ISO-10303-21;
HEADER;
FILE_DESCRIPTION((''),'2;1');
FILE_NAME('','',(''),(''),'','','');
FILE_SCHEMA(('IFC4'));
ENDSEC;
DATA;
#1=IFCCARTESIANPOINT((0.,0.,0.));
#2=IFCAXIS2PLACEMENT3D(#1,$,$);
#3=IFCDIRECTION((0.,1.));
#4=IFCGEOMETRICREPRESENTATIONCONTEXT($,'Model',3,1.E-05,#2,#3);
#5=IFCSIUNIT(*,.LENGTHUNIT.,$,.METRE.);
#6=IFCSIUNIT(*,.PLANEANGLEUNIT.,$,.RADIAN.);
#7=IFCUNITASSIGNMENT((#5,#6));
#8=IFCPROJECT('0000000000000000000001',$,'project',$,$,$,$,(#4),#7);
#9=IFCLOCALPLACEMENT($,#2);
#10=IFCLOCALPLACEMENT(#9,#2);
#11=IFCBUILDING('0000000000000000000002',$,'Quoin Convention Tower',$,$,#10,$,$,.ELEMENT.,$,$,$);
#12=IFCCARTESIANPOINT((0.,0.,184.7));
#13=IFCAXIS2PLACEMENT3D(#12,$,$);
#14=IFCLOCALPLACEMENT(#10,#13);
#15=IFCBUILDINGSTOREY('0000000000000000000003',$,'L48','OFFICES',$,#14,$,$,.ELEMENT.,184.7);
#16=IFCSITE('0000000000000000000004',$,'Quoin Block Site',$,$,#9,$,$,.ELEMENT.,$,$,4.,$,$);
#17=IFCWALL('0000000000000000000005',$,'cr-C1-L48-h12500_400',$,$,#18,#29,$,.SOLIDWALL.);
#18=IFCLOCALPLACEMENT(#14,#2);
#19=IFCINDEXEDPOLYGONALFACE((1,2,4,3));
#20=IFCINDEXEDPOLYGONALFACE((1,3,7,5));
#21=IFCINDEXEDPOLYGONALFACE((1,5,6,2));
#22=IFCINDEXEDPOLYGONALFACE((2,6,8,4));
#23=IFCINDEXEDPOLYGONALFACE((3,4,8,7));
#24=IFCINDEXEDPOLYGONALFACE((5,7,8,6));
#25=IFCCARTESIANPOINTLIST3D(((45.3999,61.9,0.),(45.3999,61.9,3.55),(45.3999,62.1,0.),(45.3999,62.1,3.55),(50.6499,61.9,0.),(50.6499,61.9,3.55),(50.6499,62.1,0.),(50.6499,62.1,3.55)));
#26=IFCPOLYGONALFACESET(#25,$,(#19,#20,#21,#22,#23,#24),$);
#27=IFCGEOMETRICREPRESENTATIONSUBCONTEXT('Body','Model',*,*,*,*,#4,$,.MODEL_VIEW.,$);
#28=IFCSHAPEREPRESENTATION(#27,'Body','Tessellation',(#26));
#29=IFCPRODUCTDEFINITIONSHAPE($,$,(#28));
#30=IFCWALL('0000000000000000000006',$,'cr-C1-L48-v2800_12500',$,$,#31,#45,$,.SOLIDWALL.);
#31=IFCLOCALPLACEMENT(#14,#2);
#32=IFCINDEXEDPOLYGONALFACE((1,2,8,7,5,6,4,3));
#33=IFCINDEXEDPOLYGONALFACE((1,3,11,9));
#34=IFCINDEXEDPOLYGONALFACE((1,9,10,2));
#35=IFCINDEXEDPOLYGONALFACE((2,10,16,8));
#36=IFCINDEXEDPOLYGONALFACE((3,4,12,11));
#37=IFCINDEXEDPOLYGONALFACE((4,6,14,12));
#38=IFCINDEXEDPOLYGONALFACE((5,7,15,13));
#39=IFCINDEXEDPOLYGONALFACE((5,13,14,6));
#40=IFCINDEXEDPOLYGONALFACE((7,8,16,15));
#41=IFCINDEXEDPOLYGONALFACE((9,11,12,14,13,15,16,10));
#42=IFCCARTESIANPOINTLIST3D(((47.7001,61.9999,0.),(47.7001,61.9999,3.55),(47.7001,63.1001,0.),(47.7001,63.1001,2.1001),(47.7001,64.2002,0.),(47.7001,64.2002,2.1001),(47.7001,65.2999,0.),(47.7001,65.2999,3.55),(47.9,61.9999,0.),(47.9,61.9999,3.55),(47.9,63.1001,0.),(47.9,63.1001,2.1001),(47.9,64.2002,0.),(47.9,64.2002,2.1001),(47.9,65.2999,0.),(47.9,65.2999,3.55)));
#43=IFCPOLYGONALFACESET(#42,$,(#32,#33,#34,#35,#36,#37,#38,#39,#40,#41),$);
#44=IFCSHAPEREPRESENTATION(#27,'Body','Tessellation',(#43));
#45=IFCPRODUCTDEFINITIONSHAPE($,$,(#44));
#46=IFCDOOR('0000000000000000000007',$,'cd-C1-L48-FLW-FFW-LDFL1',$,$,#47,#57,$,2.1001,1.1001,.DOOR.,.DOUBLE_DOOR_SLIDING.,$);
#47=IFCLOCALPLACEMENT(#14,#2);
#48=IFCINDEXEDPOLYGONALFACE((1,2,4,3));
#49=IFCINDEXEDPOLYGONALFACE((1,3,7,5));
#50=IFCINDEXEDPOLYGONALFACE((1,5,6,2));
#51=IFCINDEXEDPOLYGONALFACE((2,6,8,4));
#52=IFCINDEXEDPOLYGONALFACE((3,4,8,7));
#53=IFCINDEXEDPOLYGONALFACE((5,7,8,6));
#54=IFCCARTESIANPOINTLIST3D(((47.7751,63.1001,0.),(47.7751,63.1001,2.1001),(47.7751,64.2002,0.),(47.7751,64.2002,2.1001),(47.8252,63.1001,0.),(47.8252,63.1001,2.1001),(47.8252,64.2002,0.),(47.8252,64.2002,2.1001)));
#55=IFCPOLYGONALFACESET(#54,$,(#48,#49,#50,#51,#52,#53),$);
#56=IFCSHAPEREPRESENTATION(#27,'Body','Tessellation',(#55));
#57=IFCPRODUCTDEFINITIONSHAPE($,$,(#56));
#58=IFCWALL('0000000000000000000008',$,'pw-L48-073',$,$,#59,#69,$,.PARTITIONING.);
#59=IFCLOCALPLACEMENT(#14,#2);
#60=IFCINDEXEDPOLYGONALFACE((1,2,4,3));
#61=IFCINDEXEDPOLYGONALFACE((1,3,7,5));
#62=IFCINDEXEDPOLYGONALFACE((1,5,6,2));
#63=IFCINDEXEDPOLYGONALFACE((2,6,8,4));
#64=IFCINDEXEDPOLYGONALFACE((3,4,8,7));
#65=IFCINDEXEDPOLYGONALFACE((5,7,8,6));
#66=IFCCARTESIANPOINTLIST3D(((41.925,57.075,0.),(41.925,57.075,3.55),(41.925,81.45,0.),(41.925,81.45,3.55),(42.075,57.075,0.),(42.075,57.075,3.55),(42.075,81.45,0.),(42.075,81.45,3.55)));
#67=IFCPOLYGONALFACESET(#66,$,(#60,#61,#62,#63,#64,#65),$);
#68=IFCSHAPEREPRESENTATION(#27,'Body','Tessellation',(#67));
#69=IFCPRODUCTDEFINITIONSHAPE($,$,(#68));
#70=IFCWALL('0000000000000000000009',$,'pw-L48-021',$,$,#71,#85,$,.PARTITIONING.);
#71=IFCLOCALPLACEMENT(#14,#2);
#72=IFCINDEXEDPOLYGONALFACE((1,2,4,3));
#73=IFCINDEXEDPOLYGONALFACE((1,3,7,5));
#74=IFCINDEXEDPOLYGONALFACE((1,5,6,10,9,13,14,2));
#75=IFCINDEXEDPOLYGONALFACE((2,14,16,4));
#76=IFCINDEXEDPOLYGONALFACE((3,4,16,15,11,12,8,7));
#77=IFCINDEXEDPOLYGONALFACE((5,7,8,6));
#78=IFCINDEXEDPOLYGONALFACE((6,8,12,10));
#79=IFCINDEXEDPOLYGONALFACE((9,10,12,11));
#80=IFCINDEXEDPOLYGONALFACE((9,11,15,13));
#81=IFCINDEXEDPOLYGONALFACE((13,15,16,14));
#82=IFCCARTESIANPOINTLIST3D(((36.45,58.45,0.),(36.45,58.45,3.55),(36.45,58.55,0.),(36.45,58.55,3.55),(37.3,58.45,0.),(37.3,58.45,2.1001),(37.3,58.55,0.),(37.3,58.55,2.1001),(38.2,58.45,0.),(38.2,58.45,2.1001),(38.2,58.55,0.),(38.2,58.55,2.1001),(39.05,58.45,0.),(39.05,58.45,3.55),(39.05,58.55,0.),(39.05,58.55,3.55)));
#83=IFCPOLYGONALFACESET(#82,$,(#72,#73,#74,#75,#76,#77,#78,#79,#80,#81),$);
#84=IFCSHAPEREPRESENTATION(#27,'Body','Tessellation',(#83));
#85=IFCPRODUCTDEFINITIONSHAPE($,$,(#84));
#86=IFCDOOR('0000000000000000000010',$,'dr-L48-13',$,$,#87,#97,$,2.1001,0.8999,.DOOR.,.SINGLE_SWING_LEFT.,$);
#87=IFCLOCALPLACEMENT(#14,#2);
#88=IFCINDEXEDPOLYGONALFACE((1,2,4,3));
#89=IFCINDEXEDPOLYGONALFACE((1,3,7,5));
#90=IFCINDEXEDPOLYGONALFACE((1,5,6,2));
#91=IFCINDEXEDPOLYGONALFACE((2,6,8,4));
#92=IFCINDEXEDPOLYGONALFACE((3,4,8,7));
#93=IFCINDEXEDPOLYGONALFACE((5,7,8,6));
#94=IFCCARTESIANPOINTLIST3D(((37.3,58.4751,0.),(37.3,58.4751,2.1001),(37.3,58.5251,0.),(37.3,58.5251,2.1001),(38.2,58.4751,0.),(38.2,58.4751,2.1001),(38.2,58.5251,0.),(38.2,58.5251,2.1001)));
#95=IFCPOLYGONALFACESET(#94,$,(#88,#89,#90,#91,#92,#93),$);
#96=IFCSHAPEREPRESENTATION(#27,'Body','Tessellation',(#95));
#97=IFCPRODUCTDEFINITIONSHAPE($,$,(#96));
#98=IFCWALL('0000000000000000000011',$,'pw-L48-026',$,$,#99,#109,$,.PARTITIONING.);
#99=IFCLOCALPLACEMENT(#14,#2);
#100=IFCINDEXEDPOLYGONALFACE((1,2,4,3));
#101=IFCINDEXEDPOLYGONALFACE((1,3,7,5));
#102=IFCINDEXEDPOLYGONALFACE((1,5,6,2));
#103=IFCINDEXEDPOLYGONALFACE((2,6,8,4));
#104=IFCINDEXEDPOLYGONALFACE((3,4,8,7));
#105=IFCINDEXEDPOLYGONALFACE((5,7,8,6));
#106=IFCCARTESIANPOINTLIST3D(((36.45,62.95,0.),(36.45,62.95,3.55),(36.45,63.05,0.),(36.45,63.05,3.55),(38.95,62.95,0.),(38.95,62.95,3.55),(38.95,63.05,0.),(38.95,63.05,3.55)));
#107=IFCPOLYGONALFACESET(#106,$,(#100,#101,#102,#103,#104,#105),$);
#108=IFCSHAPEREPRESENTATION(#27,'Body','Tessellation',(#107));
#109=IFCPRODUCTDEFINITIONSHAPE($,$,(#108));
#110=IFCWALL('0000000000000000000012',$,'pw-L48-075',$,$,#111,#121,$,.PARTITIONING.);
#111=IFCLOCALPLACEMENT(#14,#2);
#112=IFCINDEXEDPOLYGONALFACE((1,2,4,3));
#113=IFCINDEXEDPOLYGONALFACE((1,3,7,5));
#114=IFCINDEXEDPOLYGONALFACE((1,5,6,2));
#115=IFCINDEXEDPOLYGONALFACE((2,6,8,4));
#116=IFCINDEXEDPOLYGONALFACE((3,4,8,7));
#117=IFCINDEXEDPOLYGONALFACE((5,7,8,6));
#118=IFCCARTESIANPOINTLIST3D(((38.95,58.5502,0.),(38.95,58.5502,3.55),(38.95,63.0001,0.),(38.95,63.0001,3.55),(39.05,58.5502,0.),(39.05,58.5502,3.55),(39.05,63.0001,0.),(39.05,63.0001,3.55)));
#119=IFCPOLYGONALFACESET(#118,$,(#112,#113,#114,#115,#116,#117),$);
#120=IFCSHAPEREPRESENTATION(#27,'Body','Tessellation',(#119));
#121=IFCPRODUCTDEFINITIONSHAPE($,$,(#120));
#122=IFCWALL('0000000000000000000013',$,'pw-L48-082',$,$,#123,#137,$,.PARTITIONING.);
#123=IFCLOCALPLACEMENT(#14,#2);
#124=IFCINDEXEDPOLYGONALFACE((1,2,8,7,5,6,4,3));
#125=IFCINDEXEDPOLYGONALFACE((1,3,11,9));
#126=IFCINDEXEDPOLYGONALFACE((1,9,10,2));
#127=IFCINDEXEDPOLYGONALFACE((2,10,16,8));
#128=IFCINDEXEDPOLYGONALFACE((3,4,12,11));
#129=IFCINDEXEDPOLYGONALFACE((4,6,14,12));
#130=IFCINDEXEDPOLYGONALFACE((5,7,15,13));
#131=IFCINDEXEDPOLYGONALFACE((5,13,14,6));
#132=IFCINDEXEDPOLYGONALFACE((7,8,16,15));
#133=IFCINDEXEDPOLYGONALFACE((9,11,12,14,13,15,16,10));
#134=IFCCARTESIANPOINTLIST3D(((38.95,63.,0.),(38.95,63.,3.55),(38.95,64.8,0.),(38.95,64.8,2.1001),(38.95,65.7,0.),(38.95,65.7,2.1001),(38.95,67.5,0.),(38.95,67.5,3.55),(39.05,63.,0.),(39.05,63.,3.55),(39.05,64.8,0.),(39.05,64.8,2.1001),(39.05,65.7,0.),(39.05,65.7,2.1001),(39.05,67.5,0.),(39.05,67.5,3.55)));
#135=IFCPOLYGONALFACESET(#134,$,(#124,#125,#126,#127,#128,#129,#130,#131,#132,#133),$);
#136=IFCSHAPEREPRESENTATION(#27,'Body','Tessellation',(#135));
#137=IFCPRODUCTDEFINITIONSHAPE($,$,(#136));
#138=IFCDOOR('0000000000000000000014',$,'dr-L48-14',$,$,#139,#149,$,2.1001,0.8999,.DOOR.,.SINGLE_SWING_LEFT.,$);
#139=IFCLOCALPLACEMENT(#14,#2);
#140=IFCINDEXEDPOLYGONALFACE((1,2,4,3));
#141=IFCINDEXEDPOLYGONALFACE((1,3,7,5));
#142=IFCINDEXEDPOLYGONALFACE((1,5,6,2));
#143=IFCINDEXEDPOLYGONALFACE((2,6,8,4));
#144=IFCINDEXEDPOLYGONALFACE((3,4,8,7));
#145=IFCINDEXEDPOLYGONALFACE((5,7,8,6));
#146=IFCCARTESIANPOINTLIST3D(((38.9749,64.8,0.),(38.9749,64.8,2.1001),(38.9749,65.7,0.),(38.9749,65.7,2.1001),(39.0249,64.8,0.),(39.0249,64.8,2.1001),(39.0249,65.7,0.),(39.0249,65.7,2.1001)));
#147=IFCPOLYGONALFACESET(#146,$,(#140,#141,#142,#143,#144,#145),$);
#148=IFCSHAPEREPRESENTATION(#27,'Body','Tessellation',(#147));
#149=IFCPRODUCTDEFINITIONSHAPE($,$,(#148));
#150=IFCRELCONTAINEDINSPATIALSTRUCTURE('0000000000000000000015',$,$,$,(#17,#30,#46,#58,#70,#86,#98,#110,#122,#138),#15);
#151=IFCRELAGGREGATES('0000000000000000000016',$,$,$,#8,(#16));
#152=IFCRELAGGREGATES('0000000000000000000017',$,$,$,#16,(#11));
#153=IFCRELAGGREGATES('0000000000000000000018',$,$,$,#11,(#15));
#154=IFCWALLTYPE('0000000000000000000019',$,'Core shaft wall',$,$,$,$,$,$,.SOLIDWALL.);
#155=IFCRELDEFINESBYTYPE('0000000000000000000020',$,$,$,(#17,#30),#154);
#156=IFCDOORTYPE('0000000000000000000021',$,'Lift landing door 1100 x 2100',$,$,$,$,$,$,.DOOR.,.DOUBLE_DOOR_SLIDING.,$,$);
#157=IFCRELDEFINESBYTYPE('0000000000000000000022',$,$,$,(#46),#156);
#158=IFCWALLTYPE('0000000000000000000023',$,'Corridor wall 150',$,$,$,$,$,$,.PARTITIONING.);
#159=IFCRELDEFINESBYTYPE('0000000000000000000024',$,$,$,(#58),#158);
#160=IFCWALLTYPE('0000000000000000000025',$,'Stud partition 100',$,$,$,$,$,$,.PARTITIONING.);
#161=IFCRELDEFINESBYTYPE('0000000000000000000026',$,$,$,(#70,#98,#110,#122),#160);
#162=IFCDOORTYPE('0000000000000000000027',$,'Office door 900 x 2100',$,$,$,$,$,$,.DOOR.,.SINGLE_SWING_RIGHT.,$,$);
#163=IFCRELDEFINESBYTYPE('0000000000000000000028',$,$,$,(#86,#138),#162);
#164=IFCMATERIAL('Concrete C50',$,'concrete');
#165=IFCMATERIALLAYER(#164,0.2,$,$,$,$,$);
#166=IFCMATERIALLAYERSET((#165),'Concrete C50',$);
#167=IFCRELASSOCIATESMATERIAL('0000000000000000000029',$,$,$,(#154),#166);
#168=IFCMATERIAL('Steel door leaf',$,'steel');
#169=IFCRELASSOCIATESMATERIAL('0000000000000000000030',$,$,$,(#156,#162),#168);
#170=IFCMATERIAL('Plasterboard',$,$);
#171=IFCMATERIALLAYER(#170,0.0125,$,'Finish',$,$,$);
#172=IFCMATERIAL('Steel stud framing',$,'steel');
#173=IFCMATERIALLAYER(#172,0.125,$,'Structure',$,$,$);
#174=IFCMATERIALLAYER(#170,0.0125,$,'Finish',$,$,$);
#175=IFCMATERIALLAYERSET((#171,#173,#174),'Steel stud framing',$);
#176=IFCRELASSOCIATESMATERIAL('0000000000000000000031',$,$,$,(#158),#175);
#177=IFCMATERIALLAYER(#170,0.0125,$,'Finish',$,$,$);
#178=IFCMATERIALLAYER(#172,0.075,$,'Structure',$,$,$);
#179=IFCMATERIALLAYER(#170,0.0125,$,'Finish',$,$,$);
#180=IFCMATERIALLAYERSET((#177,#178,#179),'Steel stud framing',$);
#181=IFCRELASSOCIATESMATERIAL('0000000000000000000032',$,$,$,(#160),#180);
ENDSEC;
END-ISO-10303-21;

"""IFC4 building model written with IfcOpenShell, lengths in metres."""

from ifc_helpers import new_model, si_unit, direction, frame, frame_2d, origin, place, context, subcontext, project, spatial, rectangle, extrude, material, layer, layer_set, type_object, element, fill, save


model = new_model("IFC4")

# Units and contexts
model_context = context("Model", 3, precision=1e-05, world=origin(), true_north=direction((0.0, 1.0)))
body_context = subcontext(model_context, "Body", "Model", "MODEL_VIEW")
ifc_project = project(units=[si_unit("LENGTHUNIT", "METRE"), si_unit("PLANEANGLEUNIT", "RADIAN")], contexts=[model_context])

# Site, building, storey
site_placement = place(None, origin())
site = spatial("IfcSite", under=ifc_project, at=site_placement, Name="Quoin Block Site", CompositionType="ELEMENT", RefElevation=4.0)
building_placement = place(site_placement, origin())
building = spatial("IfcBuilding", under=site, at=building_placement, Name="Quoin Convention Tower", CompositionType="ELEMENT")
storey_placement = place(building_placement, frame((0.0, 0.0, 184.7)))
storey = spatial("IfcBuildingStorey", under=building, at=storey_placement, Name="L48", Description="OFFICES", CompositionType="ELEMENT", Elevation=184.7)

# Wall
ifc_material_1 = material(Name="Concrete C50", Category="concrete")
ifc_layer_1 = layer(ifc_material_1, 0.2)
ifc_layer_set_1 = layer_set([ifc_layer_1], Name="Concrete C50")
wall_type_1 = type_object("IfcWallType", Name="Core shaft wall", PredefinedType="SOLIDWALL", material=ifc_layer_set_1)
wall_1_placement = place(storey_placement, frame((45.3999, 62.0, 0.0), z_axis=(0.0, 0.0, 1.0), x_axis=(1.0, 0.0, 0.0)))
element("IfcWall", 1, at=wall_1_placement, inside=storey, type_object=wall_type_1, Name="cr-C1-L48-h12500_400", PredefinedType="SOLIDWALL", context=body_context, shape_type="SweptSolid", body=[
    extrude(rectangle(XDim=5.25, YDim=0.2, at=frame_2d((2.625, 0.0))), origin(), (0.0, 0.0, 1.0), 3.55),
])

# Wall, opening, door
wall_2_placement = place(storey_placement, frame((47.8, 62.0, 0.0), z_axis=(0.0, 0.0, 1.0), x_axis=(0.0, 1.0, 0.0)))
wall_2 = element("IfcWall", 2, at=wall_2_placement, inside=storey, type_object=wall_type_1, Name="cr-C1-L48-v2800_12500", PredefinedType="SOLIDWALL", context=body_context, shape_type="SweptSolid", body=[
    extrude(rectangle(XDim=3.3, YDim=0.2, at=frame_2d((1.6499, 0.0))), origin(), (0.0, 0.0, 1.0), 3.55),
])
opening_1_placement = place(wall_2_placement, frame((1.1001, 0.0, 0.0)))
opening_1 = element("IfcOpeningElement", 3, at=opening_1_placement, cuts=wall_2, PredefinedType="OPENING", context=body_context, shape_type="SweptSolid", body=[
    extrude(rectangle(XDim=1.1001, YDim=2.1001, at=frame_2d((0.55, 1.05))), frame((0.0, 0.1099, 0.0), z_axis=(0.0, -1.0, 0.0), x_axis=(1.0, 0.0, 0.0)), (0.0, 0.0, 1.0), 0.22),
])
ifc_material_2 = material(Name="Steel door leaf", Category="steel")
door_type_1 = type_object("IfcDoorType", Name="Lift landing door 1100 x 2100", OperationType="DOUBLE_DOOR_SLIDING", PredefinedType="DOOR", material=ifc_material_2)
door_1_placement = place(opening_1_placement, origin())
door_1 = element("IfcDoor", 4, at=door_1_placement, inside=storey, type_object=door_type_1, Name="cd-C1-L48-FLW-FFW-LDFL1", OperationType="DOUBLE_DOOR_SLIDING", OverallHeight=2.1001, OverallWidth=1.1001, PredefinedType="DOOR", context=body_context, shape_type="SweptSolid", body=[
    extrude(rectangle(XDim=1.1001, YDim=2.1001, at=frame_2d((0.55, 1.05))), frame((0.0, 0.0249, 0.0), z_axis=(0.0, -1.0, 0.0), x_axis=(1.0, 0.0, 0.0)), (0.0, 0.0, 1.0), 0.05),
])
fill(opening_1, door_1)

# Wall
ifc_material_3 = material(Name="Plasterboard")
ifc_layer_2 = layer(ifc_material_3, 0.0125, Name="Finish")
ifc_material_4 = material(Name="Steel stud framing", Category="steel")
ifc_layer_3 = layer(ifc_material_4, 0.125, Name="Structure")
ifc_layer_4 = layer(ifc_material_3, 0.0125, Name="Finish")
ifc_layer_set_2 = layer_set([ifc_layer_2, ifc_layer_3, ifc_layer_4], Name="Steel stud framing")
wall_type_2 = type_object("IfcWallType", Name="Corridor wall 150", PredefinedType="PARTITIONING", material=ifc_layer_set_2)
wall_3_placement = place(storey_placement, frame((42.0, 57.075, 0.0), z_axis=(0.0, 0.0, 1.0), x_axis=(0.0, 1.0, 0.0)))
element("IfcWall", 5, at=wall_3_placement, inside=storey, type_object=wall_type_2, Name="pw-L48-073", PredefinedType="PARTITIONING", context=body_context, shape_type="SweptSolid", body=[
    extrude(rectangle(XDim=24.375, YDim=0.1499, at=frame_2d((12.1875, 0.0))), origin(), (0.0, 0.0, 1.0), 3.55),
])

# Wall, opening, door
ifc_layer_5 = layer(ifc_material_3, 0.0125, Name="Finish")
ifc_layer_6 = layer(ifc_material_4, 0.075, Name="Structure")
ifc_layer_7 = layer(ifc_material_3, 0.0125, Name="Finish")
ifc_layer_set_3 = layer_set([ifc_layer_5, ifc_layer_6, ifc_layer_7], Name="Steel stud framing")
wall_type_3 = type_object("IfcWallType", Name="Stud partition 100", PredefinedType="PARTITIONING", material=ifc_layer_set_3)
wall_4_placement = place(storey_placement, frame((36.45, 58.5, 0.0), z_axis=(0.0, 0.0, 1.0), x_axis=(1.0, 0.0, 0.0)))
wall_4 = element("IfcWall", 6, at=wall_4_placement, inside=storey, type_object=wall_type_3, Name="pw-L48-021", PredefinedType="PARTITIONING", context=body_context, shape_type="SweptSolid", body=[
    extrude(rectangle(XDim=2.6001, YDim=0.1001, at=frame_2d((1.3, 0.0))), origin(), (0.0, 0.0, 1.0), 3.55),
])
opening_2_placement = place(wall_4_placement, frame((0.8501, 0.0, 0.0)))
opening_2 = element("IfcOpeningElement", 7, at=opening_2_placement, cuts=wall_4, PredefinedType="OPENING", context=body_context, shape_type="SweptSolid", body=[
    extrude(rectangle(XDim=0.8999, YDim=2.1001, at=frame_2d((0.45, 1.05))), frame((0.0, 0.0601, 0.0), z_axis=(0.0, -1.0, 0.0), x_axis=(1.0, 0.0, 0.0)), (0.0, 0.0, 1.0), 0.1201),
])
door_type_2 = type_object("IfcDoorType", Name="Office door 900 x 2100", OperationType="SINGLE_SWING_RIGHT", PredefinedType="DOOR", material=ifc_material_2)
door_2_placement = place(opening_2_placement, frame((0.8999, 0.0, 0.0), z_axis=(0.0, 0.0, 1.0), x_axis=(-1.0, 0.0, 0.0)))
door_2 = element("IfcDoor", 8, at=door_2_placement, inside=storey, type_object=door_type_2, Name="dr-L48-13", OperationType="SINGLE_SWING_LEFT", OverallHeight=2.1001, OverallWidth=0.8999, PredefinedType="DOOR", context=body_context, shape_type="SweptSolid", body=[
    extrude(rectangle(XDim=0.8999, YDim=2.1001, at=frame_2d((0.45, 1.05))), frame((0.0, 0.0249, 0.0), z_axis=(0.0, -1.0, 0.0), x_axis=(1.0, 0.0, 0.0)), (0.0, 0.0, 1.0), 0.05),
])
fill(opening_2, door_2)

# Walls
wall_5_placement = place(storey_placement, frame((36.45, 63.0, 0.0), z_axis=(0.0, 0.0, 1.0), x_axis=(1.0, 0.0, 0.0)))
element("IfcWall", 9, at=wall_5_placement, inside=storey, type_object=wall_type_3, Name="pw-L48-026", PredefinedType="PARTITIONING", context=body_context, shape_type="SweptSolid", body=[
    extrude(rectangle(XDim=2.5, YDim=0.1001, at=frame_2d((1.25, 0.0))), origin(), (0.0, 0.0, 1.0), 3.55),
])
wall_6_placement = place(storey_placement, frame((39.0, 58.55, 0.0), z_axis=(0.0, 0.0, 1.0), x_axis=(0.0, 1.0, 0.0)))
element("IfcWall", 10, at=wall_6_placement, inside=storey, type_object=wall_type_3, Name="pw-L48-075", PredefinedType="PARTITIONING", context=body_context, shape_type="SweptSolid", body=[
    extrude(rectangle(XDim=4.45, YDim=0.1001, at=frame_2d((2.2251, 0.0))), origin(), (0.0, 0.0, 1.0), 3.55),
])

# Wall, opening, door
wall_7_placement = place(storey_placement, frame((39.0, 63.0, 0.0), z_axis=(0.0, 0.0, 1.0), x_axis=(0.0, 1.0, 0.0)))
wall_7 = element("IfcWall", 11, at=wall_7_placement, inside=storey, type_object=wall_type_3, Name="pw-L48-082", PredefinedType="PARTITIONING", context=body_context, shape_type="SweptSolid", body=[
    extrude(rectangle(XDim=4.5, YDim=0.1001, at=frame_2d((2.25, 0.0))), origin(), (0.0, 0.0, 1.0), 3.55),
])
opening_3_placement = place(wall_7_placement, frame((1.8, 0.0, 0.0)))
opening_3 = element("IfcOpeningElement", 12, at=opening_3_placement, cuts=wall_7, PredefinedType="OPENING", context=body_context, shape_type="SweptSolid", body=[
    extrude(rectangle(XDim=0.8999, YDim=2.1001, at=frame_2d((0.45, 1.05))), frame((0.0, 0.0601, 0.0), z_axis=(0.0, -1.0, 0.0), x_axis=(1.0, 0.0, 0.0)), (0.0, 0.0, 1.0), 0.1201),
])
door_3_placement = place(opening_3_placement, frame((0.8999, 0.0, 0.0), z_axis=(0.0, 0.0, 1.0), x_axis=(-1.0, 0.0, 0.0)))
door_3 = element("IfcDoor", 13, at=door_3_placement, inside=storey, type_object=door_type_2, Name="dr-L48-14", OperationType="SINGLE_SWING_LEFT", OverallHeight=2.1001, OverallWidth=0.8999, PredefinedType="DOOR", context=body_context, shape_type="SweptSolid", body=[
    extrude(rectangle(XDim=0.8999, YDim=2.1001, at=frame_2d((0.45, 1.05))), frame((0.0, 0.0249, 0.0), z_axis=(0.0, -1.0, 0.0), x_axis=(1.0, 0.0, 0.0)), (0.0, 0.0, 1.0), 0.05),
])
fill(opening_3, door_3)

save(model, "model.ifc")
